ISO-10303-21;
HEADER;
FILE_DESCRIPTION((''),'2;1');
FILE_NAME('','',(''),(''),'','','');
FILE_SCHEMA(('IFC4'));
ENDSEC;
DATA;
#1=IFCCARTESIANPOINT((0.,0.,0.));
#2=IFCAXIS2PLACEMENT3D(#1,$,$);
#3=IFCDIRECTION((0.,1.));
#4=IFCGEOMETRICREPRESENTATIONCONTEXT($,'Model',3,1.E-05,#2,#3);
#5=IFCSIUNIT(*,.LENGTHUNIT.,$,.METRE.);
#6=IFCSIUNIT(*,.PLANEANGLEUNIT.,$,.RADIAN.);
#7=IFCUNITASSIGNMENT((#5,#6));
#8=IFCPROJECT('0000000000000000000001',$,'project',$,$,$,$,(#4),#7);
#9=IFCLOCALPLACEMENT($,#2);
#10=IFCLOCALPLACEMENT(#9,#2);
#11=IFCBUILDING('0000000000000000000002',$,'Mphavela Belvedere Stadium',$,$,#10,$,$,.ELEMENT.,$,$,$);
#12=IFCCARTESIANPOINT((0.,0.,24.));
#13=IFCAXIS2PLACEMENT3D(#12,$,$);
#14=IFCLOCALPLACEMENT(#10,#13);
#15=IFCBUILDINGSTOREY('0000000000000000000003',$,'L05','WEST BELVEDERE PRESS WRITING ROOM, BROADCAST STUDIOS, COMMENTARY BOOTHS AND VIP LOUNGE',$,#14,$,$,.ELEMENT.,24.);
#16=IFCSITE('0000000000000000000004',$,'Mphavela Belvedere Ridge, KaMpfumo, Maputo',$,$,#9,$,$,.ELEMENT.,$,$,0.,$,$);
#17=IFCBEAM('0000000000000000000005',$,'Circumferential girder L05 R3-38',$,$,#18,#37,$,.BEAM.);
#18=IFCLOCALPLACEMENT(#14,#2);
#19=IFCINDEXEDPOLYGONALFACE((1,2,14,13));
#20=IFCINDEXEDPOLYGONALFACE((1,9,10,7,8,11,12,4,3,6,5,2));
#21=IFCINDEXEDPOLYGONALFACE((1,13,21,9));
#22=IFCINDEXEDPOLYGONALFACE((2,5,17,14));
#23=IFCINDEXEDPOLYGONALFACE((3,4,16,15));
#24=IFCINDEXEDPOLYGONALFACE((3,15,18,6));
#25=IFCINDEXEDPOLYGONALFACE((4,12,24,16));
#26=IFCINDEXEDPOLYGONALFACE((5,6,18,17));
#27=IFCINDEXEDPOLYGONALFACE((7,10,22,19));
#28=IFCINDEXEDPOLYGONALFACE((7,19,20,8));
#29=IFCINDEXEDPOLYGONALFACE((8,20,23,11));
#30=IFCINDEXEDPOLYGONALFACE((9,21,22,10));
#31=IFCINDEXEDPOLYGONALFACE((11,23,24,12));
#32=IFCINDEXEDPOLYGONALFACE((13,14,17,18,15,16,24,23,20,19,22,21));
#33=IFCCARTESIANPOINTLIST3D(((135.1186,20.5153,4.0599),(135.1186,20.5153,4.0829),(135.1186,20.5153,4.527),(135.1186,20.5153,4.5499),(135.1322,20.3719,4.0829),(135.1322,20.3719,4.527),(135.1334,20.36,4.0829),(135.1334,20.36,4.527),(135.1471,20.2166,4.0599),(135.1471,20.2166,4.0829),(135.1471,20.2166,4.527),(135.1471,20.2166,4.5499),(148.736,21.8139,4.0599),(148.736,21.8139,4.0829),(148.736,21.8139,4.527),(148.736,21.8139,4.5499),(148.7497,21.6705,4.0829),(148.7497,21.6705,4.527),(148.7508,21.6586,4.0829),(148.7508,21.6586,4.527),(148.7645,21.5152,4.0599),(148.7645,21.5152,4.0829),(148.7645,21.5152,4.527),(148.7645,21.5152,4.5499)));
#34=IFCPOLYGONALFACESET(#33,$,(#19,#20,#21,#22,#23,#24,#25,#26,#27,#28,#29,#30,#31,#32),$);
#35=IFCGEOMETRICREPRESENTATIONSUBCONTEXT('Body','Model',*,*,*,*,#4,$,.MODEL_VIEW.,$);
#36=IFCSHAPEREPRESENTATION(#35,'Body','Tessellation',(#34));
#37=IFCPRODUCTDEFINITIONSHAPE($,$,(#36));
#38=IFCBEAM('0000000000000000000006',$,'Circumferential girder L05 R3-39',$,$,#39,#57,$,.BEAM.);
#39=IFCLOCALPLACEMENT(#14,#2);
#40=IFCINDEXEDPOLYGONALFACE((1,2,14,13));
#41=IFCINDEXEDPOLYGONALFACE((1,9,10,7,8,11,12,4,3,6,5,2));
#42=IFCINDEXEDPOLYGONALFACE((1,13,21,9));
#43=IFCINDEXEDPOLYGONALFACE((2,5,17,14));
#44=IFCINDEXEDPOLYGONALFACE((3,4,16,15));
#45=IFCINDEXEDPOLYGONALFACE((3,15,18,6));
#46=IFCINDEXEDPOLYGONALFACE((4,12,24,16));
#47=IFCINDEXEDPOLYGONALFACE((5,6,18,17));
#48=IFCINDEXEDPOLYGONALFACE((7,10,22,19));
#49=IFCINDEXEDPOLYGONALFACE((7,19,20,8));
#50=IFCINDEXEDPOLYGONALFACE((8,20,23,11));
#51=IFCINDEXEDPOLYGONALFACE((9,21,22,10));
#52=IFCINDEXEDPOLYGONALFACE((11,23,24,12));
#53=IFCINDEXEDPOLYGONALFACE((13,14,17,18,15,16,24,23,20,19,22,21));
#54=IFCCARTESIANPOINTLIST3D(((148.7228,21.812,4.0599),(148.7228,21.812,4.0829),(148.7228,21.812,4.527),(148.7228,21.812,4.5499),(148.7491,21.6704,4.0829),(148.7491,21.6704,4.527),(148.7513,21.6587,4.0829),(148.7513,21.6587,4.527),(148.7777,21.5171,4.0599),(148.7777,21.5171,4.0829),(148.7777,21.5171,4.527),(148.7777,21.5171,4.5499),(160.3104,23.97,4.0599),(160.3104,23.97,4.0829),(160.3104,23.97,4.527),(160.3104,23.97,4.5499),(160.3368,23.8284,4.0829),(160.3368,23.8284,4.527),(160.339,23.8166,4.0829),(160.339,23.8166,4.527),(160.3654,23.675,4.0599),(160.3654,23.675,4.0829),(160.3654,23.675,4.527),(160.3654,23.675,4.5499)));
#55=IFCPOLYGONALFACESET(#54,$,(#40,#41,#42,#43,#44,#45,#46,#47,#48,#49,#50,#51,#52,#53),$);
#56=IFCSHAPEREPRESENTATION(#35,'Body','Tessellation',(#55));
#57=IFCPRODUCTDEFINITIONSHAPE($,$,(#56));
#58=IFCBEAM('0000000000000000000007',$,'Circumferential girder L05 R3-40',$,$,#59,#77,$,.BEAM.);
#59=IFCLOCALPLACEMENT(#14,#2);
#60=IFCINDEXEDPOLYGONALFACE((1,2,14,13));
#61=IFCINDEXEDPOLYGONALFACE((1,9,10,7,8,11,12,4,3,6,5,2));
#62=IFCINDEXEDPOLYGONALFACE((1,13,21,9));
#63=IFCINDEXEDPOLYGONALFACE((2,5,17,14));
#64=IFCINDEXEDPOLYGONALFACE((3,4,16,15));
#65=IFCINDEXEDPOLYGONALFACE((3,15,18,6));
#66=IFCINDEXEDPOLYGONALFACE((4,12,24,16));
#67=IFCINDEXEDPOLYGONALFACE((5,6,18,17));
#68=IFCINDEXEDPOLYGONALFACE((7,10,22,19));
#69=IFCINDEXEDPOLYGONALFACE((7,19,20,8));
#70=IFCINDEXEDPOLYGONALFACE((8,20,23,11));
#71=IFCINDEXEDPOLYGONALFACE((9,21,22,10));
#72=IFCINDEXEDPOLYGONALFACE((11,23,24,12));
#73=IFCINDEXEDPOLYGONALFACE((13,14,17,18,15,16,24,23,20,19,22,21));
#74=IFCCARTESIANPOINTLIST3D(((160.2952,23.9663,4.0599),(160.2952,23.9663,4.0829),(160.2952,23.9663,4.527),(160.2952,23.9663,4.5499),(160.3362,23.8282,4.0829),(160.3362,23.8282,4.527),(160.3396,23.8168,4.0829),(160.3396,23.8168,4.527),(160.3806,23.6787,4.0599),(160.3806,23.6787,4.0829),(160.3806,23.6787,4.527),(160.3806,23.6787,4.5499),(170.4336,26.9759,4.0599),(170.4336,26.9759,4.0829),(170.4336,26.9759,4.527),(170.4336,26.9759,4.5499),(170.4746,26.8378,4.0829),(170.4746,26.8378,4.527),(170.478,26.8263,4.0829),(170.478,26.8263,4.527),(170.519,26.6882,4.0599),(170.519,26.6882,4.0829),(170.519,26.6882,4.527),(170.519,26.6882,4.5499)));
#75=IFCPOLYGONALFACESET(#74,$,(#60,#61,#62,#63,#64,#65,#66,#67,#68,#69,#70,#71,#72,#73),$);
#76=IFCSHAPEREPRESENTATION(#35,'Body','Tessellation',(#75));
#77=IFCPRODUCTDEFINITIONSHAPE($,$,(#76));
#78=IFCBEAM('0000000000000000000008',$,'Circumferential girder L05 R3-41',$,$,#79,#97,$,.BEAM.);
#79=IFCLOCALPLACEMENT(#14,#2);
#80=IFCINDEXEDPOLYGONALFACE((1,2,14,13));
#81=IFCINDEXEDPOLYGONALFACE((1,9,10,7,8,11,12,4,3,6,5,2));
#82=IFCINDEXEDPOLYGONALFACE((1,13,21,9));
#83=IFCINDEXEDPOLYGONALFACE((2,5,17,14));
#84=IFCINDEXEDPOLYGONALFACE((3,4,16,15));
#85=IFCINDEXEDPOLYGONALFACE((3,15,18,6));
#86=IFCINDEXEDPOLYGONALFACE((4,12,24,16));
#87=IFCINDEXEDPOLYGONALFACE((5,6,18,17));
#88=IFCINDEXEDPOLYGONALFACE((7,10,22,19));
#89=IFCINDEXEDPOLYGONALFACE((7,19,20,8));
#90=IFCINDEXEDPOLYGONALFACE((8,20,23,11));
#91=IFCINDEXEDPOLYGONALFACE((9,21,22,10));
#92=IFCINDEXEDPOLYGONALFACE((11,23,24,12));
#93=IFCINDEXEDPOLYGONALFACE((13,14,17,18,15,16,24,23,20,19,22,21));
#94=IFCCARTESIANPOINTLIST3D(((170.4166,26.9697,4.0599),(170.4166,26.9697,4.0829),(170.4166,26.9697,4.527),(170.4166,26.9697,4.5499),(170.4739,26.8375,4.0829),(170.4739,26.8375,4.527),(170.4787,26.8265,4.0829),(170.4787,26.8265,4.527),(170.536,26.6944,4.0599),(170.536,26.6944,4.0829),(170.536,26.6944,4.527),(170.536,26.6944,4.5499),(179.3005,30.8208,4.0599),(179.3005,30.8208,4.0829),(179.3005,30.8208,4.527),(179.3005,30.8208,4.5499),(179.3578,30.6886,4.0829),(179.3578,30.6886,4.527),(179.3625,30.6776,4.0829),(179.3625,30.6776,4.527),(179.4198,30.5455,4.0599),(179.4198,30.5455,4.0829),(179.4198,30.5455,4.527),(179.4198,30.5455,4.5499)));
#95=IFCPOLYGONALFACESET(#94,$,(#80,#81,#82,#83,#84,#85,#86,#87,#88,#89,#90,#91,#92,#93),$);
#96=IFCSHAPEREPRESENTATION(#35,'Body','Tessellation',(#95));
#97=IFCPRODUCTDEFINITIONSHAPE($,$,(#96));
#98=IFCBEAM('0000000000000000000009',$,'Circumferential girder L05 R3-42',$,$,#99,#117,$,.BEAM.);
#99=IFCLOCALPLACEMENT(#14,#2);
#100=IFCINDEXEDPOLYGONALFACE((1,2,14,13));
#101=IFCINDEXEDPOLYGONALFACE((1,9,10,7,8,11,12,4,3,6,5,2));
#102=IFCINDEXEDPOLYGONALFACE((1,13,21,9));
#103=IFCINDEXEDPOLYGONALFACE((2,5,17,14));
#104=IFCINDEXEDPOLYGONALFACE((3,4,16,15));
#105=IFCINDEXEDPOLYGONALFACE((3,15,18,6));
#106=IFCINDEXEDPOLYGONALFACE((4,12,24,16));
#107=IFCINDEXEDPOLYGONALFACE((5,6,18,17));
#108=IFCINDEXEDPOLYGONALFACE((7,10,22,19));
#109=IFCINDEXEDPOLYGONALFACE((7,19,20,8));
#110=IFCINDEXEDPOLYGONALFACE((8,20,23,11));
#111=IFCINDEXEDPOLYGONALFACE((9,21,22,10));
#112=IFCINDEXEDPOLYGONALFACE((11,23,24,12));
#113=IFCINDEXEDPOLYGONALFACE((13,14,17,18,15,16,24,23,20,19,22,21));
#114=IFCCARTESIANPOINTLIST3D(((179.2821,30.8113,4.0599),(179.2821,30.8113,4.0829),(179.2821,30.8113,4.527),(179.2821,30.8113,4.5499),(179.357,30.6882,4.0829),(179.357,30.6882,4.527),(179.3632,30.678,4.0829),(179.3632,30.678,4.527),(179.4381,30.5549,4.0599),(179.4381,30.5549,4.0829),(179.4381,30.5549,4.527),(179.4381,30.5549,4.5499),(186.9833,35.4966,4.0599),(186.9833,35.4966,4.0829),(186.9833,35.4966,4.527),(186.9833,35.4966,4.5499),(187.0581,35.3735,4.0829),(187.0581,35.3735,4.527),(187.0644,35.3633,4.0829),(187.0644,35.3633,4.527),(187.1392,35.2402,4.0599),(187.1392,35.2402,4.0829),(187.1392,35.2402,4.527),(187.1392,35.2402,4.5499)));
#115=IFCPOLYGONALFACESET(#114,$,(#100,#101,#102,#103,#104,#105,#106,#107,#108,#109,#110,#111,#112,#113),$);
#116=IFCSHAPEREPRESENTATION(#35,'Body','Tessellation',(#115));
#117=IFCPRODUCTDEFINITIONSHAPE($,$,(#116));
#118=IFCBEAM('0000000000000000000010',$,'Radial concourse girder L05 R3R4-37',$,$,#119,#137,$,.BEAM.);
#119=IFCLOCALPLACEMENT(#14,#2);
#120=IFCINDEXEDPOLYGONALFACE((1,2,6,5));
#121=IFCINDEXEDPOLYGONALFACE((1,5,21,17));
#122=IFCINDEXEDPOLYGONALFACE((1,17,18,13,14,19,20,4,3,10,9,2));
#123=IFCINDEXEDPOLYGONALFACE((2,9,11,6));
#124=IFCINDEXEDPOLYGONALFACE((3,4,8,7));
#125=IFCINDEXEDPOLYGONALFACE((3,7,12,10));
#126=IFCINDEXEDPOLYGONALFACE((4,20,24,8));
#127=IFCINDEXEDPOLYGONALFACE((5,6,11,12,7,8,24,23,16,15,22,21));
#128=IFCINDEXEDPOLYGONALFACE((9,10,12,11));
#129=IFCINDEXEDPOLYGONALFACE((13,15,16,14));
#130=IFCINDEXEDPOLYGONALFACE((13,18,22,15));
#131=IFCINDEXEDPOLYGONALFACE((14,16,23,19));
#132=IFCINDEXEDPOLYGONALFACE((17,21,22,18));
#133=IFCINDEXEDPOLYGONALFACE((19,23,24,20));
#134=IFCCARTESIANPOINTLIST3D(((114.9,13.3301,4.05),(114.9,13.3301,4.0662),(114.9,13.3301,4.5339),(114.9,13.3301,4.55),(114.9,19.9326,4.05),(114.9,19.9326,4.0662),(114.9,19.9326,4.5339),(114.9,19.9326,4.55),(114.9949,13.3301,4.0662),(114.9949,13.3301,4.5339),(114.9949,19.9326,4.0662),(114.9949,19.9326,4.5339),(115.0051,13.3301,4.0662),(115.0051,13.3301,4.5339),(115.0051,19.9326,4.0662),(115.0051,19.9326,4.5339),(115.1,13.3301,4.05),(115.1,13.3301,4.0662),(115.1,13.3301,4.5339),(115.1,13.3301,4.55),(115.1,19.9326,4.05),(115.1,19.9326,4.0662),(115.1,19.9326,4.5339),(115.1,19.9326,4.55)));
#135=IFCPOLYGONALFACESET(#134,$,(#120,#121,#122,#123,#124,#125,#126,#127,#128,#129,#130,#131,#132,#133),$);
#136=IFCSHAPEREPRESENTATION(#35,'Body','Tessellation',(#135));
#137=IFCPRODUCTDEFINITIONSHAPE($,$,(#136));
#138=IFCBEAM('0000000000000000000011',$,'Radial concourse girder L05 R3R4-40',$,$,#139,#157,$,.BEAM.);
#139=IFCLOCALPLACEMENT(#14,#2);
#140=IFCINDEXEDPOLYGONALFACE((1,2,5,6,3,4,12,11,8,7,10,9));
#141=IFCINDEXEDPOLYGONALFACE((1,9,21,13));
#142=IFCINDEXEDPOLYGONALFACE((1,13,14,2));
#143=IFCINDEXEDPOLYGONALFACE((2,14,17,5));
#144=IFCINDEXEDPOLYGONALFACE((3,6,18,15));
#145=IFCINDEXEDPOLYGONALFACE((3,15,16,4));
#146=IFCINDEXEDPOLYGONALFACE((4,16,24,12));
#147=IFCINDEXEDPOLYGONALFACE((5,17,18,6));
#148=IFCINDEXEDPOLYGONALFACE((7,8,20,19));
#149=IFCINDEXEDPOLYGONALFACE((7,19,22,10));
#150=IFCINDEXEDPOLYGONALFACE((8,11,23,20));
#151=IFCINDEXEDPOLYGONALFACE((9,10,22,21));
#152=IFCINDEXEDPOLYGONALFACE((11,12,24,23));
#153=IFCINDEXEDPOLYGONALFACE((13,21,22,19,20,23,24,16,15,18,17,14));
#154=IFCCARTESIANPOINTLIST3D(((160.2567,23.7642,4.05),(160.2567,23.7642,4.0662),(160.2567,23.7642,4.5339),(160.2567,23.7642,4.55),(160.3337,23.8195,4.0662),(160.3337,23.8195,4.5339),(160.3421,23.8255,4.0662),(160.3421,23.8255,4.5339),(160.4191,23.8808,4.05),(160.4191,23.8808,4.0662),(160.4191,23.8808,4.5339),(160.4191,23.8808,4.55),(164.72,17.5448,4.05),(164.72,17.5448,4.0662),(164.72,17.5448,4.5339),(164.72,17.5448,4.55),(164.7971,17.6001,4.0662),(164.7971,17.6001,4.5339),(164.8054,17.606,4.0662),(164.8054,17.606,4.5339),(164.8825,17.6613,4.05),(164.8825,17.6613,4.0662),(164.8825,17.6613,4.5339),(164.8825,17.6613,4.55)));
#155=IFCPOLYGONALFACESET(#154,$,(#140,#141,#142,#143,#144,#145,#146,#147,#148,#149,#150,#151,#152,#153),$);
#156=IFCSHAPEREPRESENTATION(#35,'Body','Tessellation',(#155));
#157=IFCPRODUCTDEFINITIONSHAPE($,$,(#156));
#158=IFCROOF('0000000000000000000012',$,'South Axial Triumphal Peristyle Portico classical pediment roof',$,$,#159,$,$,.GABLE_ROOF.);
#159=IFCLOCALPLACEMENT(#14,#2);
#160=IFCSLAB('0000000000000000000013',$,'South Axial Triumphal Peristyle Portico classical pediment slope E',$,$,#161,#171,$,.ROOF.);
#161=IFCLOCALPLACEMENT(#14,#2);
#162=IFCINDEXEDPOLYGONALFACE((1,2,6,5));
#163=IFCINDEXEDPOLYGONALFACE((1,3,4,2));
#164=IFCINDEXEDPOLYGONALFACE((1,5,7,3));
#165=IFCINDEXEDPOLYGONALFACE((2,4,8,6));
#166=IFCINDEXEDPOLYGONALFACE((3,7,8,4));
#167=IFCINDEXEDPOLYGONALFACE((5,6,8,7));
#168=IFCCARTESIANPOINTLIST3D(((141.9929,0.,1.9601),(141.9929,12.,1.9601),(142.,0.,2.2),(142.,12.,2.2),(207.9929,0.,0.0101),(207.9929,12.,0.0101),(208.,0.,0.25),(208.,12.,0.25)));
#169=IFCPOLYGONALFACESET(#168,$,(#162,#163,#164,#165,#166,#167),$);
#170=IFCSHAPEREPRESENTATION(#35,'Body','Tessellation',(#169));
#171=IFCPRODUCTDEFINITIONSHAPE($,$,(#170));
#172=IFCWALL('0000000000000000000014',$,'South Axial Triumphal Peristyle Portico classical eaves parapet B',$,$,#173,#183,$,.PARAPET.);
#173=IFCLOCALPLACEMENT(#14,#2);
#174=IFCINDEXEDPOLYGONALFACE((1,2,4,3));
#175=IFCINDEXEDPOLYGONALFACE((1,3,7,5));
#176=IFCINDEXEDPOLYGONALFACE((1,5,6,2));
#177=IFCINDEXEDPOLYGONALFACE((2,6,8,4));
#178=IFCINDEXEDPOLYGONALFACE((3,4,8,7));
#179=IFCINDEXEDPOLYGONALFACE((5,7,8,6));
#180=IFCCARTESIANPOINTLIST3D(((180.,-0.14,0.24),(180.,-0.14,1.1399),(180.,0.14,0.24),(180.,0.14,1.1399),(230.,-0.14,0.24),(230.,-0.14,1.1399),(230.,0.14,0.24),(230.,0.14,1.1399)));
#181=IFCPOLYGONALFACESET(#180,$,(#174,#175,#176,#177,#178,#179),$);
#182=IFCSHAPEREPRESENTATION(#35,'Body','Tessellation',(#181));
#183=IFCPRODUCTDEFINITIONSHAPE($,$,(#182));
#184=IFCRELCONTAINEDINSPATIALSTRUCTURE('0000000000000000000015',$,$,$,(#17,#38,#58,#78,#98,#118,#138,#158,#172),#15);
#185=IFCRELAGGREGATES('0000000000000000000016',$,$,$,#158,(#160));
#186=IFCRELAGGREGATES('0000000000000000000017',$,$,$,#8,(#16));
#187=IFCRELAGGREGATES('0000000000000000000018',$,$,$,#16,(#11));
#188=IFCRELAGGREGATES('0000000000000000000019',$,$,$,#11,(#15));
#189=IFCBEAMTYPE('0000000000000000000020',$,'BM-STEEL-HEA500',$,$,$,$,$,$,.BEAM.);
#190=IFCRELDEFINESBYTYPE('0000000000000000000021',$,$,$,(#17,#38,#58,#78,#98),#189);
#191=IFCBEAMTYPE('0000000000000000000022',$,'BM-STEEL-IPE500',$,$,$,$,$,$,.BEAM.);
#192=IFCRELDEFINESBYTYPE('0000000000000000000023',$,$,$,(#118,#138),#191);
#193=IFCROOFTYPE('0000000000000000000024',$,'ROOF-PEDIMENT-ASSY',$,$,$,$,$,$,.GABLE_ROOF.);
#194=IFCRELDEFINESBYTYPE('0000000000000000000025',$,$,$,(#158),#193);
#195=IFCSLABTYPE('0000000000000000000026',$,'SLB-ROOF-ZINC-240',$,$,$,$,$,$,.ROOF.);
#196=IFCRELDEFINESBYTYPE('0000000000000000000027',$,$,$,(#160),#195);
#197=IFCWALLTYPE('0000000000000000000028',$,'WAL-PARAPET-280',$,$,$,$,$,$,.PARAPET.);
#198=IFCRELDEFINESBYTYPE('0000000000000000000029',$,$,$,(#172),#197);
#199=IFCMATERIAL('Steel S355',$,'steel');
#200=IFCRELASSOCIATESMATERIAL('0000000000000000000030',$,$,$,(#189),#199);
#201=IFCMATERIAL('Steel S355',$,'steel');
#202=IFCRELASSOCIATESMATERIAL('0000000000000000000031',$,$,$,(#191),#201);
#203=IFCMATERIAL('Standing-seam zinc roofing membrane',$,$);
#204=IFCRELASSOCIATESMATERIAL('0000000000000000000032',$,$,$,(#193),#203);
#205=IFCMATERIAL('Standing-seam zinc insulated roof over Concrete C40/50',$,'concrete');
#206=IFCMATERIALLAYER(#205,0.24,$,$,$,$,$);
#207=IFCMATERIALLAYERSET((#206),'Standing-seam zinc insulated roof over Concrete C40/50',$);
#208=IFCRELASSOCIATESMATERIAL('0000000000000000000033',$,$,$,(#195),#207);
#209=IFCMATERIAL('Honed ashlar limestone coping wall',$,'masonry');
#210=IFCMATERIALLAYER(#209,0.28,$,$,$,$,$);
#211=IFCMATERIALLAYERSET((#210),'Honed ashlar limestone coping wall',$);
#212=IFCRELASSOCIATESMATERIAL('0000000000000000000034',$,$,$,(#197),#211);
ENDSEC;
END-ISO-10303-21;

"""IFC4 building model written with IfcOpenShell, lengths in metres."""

from ifc_helpers import new_model, si_unit, direction, frame, frame_2d, origin, origin_2d, place, context, subcontext, project, spatial, polyline, rectangle, i_section, outline, extrude, material, layer, layer_set, material_profile, profile_set, type_object, element, aggregate, save


model = new_model("IFC4")

# Units and contexts
model_context = context("Model", 3, precision=1e-05, world=origin(), true_north=direction((0.0, 1.0)))
body_context = subcontext(model_context, "Body", "Model", "MODEL_VIEW")
ifc_project = project(units=[si_unit("LENGTHUNIT", "METRE"), si_unit("PLANEANGLEUNIT", "RADIAN")], contexts=[model_context])

# Site, building, storey
site_placement = place(None, origin())
site = spatial("IfcSite", under=ifc_project, at=site_placement, Name="Mphavela Belvedere Ridge, KaMpfumo, Maputo", CompositionType="ELEMENT", RefElevation=0.0)
building_placement = place(site_placement, origin())
building = spatial("IfcBuilding", under=site, at=building_placement, Name="Mphavela Belvedere Stadium", CompositionType="ELEMENT")
storey_placement = place(building_placement, frame((0.0, 0.0, 24.0)))
storey = spatial("IfcBuildingStorey", under=building, at=storey_placement, Name="L05", Description="WEST BELVEDERE PRESS WRITING ROOM, BROADCAST STUDIOS, COMMENTARY BOOTHS AND VIP LOUNGE", CompositionType="ELEMENT", Elevation=24.0)

# Beams
ifc_material_1 = material(Name="Steel S355", Category="steel")
ifc_material_profile_1 = material_profile(ifc_material_1, i_section(OverallWidth=0.3, OverallDepth=0.49, WebThickness=0.012, FlangeThickness=0.0229, at=origin_2d()), Name="HEA 500")
ifc_profile_set_1 = profile_set([ifc_material_profile_1], Name="Steel S355")
beam_type_1 = type_object("IfcBeamType", Name="BM-STEEL-HEA500", PredefinedType="BEAM", material=ifc_profile_set_1)
beam_1_placement = place(storey_placement, frame((135.1328, 20.366, 4.3049), z_axis=(0.995484, 0.094931, 0.0), x_axis=(-0.094931, 0.995484, 0.0)))
element("IfcBeam", 1, at=beam_1_placement, inside=storey, type_object=beam_type_1, Name="Circumferential girder L05 R3-38", PredefinedType="BEAM", context=body_context, shape_type="SweptSolid", body=[
    extrude(i_section(OverallWidth=0.3, OverallDepth=0.49, WebThickness=0.012, FlangeThickness=0.0229, at=origin_2d()), origin(), (0.0, 0.0, 1.0), 13.6792),
])
beam_2_placement = place(storey_placement, frame((148.7502, 21.6646, 4.3049), z_axis=(0.983098, 0.183082, 0.0), x_axis=(-0.183082, 0.983098, 0.0)))
element("IfcBeam", 2, at=beam_2_placement, inside=storey, type_object=beam_type_1, Name="Circumferential girder L05 R3-39", PredefinedType="BEAM", context=body_context, shape_type="SweptSolid", body=[
    extrude(i_section(OverallWidth=0.3, OverallDepth=0.49, WebThickness=0.012, FlangeThickness=0.0229, at=origin_2d()), origin(), (0.0, 0.0, 1.0), 11.7869),
])
beam_3_placement = place(storey_placement, frame((160.3379, 23.8225, 4.3049), z_axis=(0.958655, 0.28457, 0.0), x_axis=(-0.28457, 0.958655, 0.0)))
element("IfcBeam", 3, at=beam_3_placement, inside=storey, type_object=beam_type_1, Name="Circumferential girder L05 R3-40", PredefinedType="BEAM", context=body_context, shape_type="SweptSolid", body=[
    extrude(i_section(OverallWidth=0.3, OverallDepth=0.49, WebThickness=0.012, FlangeThickness=0.0229, at=origin_2d()), origin(), (0.0, 0.0, 1.0), 10.5757),
])
beam_4_placement = place(storey_placement, frame((170.4763, 26.832, 4.3049), z_axis=(0.917502, 0.397732, 0.0), x_axis=(-0.397732, 0.917502, 0.0)))
element("IfcBeam", 4, at=beam_4_placement, inside=storey, type_object=beam_type_1, Name="Circumferential girder L05 R3-41", PredefinedType="BEAM", context=body_context, shape_type="SweptSolid", body=[
    extrude(i_section(OverallWidth=0.3, OverallDepth=0.49, WebThickness=0.012, FlangeThickness=0.0229, at=origin_2d()), origin(), (0.0, 0.0, 1.0), 9.6826),
])
beam_5_placement = place(storey_placement, frame((179.3601, 30.6831, 4.3049), z_axis=(0.854315, 0.519755, 0.0), x_axis=(-0.519755, 0.854315, 0.0)))
element("IfcBeam", 5, at=beam_5_placement, inside=storey, type_object=beam_type_1, Name="Circumferential girder L05 R3-42", PredefinedType="BEAM", context=body_context, shape_type="SweptSolid", body=[
    extrude(i_section(OverallWidth=0.3, OverallDepth=0.49, WebThickness=0.012, FlangeThickness=0.0229, at=origin_2d()), origin(), (0.0, 0.0, 1.0), 9.0144),
])
ifc_material_2 = material(Name="Steel S355", Category="steel")
ifc_material_profile_2 = material_profile(ifc_material_2, i_section(OverallWidth=0.2, OverallDepth=0.5, WebThickness=0.0103, FlangeThickness=0.0161, at=origin_2d()), Name="IPE 500")
ifc_profile_set_2 = profile_set([ifc_material_profile_2], Name="Steel S355")
beam_type_2 = type_object("IfcBeamType", Name="BM-STEEL-IPE500", PredefinedType="BEAM", material=ifc_profile_set_2)
beam_6_placement = place(storey_placement, frame((115.0, 19.9326, 4.3), z_axis=(0.0, -1.0, 0.0), x_axis=(1.0, 0.0, 0.0)))
element("IfcBeam", 6, at=beam_6_placement, inside=storey, type_object=beam_type_2, Name="Radial concourse girder L05 R3R4-37", PredefinedType="BEAM", context=body_context, shape_type="SweptSolid", body=[
    extrude(i_section(OverallWidth=0.2, OverallDepth=0.5, WebThickness=0.0103, FlangeThickness=0.0161, at=origin_2d()), origin(), (0.0, 0.0, 1.0), 6.6025),
])
beam_7_placement = place(storey_placement, frame((160.3379, 23.8225, 4.3), z_axis=(0.583044, -0.812441, 0.0), x_axis=(0.812441, 0.583044, 0.0)))
element("IfcBeam", 7, at=beam_7_placement, inside=storey, type_object=beam_type_2, Name="Radial concourse girder L05 R3R4-40", PredefinedType="BEAM", context=body_context, shape_type="SweptSolid", body=[
    extrude(i_section(OverallWidth=0.2, OverallDepth=0.5, WebThickness=0.0103, FlangeThickness=0.0161, at=origin_2d()), origin(), (0.0, 0.0, 1.0), 7.6553),
])

# Roof, slab
ifc_material_3 = material(Name="Standing-seam zinc roofing membrane")
roof_type = type_object("IfcRoofType", Name="ROOF-PEDIMENT-ASSY", PredefinedType="GABLE_ROOF", material=ifc_material_3)
roof_placement = place(storey_placement, origin())
roof = element("IfcRoof", 8, at=roof_placement, inside=storey, type_object=roof_type, Name="South Axial Triumphal Peristyle Portico classical pediment roof", PredefinedType="GABLE_ROOF")
ifc_material_4 = material(Name="Standing-seam zinc insulated roof over Concrete C40/50", Category="concrete")
ifc_layer_1 = layer(ifc_material_4, 0.24)
ifc_layer_set_1 = layer_set([ifc_layer_1], Name="Standing-seam zinc insulated roof over Concrete C40/50")
slab_type = type_object("IfcSlabType", Name="SLB-ROOF-ZINC-240", PredefinedType="ROOF", material=ifc_layer_set_1)
slab_placement = place(storey_placement, frame((142.0, 0.0, 2.2), z_axis=(0.029532, 0.0, 0.999564), x_axis=(0.999564, 0.0, -0.029532)))
slab = element("IfcSlab", 9, at=slab_placement, type_object=slab_type, Name="South Axial Triumphal Peristyle Portico classical pediment slope E", PredefinedType="ROOF", context=body_context, shape_type="SweptSolid", body=[
    extrude(outline(polyline([(0.0, 0.0), (66.0288, 0.0), (66.0288, 12.0), (0.0, 12.0), (0.0, 0.0)])), origin(), (0.0, 0.0, -1.0), 0.24),
])
aggregate(roof, [slab])

# Wall
ifc_material_5 = material(Name="Honed ashlar limestone coping wall", Category="masonry")
ifc_layer_2 = layer(ifc_material_5, 0.28)
ifc_layer_set_2 = layer_set([ifc_layer_2], Name="Honed ashlar limestone coping wall")
wall_type = type_object("IfcWallType", Name="WAL-PARAPET-280", PredefinedType="PARAPET", material=ifc_layer_set_2)
wall_placement = place(storey_placement, frame((180.0, 0.0, 0.24), z_axis=(0.0, 0.0, 1.0), x_axis=(1.0, 0.0, 0.0)))
element("IfcWall", 10, at=wall_placement, inside=storey, type_object=wall_type, Name="South Axial Triumphal Peristyle Portico classical eaves parapet B", PredefinedType="PARAPET", context=body_context, shape_type="SweptSolid", body=[
    extrude(rectangle(XDim=50.0, YDim=0.28, at=frame_2d((25.0, 0.0))), origin(), (0.0, 0.0, 1.0), 0.8999),
])

save(model, "model.ifc")
